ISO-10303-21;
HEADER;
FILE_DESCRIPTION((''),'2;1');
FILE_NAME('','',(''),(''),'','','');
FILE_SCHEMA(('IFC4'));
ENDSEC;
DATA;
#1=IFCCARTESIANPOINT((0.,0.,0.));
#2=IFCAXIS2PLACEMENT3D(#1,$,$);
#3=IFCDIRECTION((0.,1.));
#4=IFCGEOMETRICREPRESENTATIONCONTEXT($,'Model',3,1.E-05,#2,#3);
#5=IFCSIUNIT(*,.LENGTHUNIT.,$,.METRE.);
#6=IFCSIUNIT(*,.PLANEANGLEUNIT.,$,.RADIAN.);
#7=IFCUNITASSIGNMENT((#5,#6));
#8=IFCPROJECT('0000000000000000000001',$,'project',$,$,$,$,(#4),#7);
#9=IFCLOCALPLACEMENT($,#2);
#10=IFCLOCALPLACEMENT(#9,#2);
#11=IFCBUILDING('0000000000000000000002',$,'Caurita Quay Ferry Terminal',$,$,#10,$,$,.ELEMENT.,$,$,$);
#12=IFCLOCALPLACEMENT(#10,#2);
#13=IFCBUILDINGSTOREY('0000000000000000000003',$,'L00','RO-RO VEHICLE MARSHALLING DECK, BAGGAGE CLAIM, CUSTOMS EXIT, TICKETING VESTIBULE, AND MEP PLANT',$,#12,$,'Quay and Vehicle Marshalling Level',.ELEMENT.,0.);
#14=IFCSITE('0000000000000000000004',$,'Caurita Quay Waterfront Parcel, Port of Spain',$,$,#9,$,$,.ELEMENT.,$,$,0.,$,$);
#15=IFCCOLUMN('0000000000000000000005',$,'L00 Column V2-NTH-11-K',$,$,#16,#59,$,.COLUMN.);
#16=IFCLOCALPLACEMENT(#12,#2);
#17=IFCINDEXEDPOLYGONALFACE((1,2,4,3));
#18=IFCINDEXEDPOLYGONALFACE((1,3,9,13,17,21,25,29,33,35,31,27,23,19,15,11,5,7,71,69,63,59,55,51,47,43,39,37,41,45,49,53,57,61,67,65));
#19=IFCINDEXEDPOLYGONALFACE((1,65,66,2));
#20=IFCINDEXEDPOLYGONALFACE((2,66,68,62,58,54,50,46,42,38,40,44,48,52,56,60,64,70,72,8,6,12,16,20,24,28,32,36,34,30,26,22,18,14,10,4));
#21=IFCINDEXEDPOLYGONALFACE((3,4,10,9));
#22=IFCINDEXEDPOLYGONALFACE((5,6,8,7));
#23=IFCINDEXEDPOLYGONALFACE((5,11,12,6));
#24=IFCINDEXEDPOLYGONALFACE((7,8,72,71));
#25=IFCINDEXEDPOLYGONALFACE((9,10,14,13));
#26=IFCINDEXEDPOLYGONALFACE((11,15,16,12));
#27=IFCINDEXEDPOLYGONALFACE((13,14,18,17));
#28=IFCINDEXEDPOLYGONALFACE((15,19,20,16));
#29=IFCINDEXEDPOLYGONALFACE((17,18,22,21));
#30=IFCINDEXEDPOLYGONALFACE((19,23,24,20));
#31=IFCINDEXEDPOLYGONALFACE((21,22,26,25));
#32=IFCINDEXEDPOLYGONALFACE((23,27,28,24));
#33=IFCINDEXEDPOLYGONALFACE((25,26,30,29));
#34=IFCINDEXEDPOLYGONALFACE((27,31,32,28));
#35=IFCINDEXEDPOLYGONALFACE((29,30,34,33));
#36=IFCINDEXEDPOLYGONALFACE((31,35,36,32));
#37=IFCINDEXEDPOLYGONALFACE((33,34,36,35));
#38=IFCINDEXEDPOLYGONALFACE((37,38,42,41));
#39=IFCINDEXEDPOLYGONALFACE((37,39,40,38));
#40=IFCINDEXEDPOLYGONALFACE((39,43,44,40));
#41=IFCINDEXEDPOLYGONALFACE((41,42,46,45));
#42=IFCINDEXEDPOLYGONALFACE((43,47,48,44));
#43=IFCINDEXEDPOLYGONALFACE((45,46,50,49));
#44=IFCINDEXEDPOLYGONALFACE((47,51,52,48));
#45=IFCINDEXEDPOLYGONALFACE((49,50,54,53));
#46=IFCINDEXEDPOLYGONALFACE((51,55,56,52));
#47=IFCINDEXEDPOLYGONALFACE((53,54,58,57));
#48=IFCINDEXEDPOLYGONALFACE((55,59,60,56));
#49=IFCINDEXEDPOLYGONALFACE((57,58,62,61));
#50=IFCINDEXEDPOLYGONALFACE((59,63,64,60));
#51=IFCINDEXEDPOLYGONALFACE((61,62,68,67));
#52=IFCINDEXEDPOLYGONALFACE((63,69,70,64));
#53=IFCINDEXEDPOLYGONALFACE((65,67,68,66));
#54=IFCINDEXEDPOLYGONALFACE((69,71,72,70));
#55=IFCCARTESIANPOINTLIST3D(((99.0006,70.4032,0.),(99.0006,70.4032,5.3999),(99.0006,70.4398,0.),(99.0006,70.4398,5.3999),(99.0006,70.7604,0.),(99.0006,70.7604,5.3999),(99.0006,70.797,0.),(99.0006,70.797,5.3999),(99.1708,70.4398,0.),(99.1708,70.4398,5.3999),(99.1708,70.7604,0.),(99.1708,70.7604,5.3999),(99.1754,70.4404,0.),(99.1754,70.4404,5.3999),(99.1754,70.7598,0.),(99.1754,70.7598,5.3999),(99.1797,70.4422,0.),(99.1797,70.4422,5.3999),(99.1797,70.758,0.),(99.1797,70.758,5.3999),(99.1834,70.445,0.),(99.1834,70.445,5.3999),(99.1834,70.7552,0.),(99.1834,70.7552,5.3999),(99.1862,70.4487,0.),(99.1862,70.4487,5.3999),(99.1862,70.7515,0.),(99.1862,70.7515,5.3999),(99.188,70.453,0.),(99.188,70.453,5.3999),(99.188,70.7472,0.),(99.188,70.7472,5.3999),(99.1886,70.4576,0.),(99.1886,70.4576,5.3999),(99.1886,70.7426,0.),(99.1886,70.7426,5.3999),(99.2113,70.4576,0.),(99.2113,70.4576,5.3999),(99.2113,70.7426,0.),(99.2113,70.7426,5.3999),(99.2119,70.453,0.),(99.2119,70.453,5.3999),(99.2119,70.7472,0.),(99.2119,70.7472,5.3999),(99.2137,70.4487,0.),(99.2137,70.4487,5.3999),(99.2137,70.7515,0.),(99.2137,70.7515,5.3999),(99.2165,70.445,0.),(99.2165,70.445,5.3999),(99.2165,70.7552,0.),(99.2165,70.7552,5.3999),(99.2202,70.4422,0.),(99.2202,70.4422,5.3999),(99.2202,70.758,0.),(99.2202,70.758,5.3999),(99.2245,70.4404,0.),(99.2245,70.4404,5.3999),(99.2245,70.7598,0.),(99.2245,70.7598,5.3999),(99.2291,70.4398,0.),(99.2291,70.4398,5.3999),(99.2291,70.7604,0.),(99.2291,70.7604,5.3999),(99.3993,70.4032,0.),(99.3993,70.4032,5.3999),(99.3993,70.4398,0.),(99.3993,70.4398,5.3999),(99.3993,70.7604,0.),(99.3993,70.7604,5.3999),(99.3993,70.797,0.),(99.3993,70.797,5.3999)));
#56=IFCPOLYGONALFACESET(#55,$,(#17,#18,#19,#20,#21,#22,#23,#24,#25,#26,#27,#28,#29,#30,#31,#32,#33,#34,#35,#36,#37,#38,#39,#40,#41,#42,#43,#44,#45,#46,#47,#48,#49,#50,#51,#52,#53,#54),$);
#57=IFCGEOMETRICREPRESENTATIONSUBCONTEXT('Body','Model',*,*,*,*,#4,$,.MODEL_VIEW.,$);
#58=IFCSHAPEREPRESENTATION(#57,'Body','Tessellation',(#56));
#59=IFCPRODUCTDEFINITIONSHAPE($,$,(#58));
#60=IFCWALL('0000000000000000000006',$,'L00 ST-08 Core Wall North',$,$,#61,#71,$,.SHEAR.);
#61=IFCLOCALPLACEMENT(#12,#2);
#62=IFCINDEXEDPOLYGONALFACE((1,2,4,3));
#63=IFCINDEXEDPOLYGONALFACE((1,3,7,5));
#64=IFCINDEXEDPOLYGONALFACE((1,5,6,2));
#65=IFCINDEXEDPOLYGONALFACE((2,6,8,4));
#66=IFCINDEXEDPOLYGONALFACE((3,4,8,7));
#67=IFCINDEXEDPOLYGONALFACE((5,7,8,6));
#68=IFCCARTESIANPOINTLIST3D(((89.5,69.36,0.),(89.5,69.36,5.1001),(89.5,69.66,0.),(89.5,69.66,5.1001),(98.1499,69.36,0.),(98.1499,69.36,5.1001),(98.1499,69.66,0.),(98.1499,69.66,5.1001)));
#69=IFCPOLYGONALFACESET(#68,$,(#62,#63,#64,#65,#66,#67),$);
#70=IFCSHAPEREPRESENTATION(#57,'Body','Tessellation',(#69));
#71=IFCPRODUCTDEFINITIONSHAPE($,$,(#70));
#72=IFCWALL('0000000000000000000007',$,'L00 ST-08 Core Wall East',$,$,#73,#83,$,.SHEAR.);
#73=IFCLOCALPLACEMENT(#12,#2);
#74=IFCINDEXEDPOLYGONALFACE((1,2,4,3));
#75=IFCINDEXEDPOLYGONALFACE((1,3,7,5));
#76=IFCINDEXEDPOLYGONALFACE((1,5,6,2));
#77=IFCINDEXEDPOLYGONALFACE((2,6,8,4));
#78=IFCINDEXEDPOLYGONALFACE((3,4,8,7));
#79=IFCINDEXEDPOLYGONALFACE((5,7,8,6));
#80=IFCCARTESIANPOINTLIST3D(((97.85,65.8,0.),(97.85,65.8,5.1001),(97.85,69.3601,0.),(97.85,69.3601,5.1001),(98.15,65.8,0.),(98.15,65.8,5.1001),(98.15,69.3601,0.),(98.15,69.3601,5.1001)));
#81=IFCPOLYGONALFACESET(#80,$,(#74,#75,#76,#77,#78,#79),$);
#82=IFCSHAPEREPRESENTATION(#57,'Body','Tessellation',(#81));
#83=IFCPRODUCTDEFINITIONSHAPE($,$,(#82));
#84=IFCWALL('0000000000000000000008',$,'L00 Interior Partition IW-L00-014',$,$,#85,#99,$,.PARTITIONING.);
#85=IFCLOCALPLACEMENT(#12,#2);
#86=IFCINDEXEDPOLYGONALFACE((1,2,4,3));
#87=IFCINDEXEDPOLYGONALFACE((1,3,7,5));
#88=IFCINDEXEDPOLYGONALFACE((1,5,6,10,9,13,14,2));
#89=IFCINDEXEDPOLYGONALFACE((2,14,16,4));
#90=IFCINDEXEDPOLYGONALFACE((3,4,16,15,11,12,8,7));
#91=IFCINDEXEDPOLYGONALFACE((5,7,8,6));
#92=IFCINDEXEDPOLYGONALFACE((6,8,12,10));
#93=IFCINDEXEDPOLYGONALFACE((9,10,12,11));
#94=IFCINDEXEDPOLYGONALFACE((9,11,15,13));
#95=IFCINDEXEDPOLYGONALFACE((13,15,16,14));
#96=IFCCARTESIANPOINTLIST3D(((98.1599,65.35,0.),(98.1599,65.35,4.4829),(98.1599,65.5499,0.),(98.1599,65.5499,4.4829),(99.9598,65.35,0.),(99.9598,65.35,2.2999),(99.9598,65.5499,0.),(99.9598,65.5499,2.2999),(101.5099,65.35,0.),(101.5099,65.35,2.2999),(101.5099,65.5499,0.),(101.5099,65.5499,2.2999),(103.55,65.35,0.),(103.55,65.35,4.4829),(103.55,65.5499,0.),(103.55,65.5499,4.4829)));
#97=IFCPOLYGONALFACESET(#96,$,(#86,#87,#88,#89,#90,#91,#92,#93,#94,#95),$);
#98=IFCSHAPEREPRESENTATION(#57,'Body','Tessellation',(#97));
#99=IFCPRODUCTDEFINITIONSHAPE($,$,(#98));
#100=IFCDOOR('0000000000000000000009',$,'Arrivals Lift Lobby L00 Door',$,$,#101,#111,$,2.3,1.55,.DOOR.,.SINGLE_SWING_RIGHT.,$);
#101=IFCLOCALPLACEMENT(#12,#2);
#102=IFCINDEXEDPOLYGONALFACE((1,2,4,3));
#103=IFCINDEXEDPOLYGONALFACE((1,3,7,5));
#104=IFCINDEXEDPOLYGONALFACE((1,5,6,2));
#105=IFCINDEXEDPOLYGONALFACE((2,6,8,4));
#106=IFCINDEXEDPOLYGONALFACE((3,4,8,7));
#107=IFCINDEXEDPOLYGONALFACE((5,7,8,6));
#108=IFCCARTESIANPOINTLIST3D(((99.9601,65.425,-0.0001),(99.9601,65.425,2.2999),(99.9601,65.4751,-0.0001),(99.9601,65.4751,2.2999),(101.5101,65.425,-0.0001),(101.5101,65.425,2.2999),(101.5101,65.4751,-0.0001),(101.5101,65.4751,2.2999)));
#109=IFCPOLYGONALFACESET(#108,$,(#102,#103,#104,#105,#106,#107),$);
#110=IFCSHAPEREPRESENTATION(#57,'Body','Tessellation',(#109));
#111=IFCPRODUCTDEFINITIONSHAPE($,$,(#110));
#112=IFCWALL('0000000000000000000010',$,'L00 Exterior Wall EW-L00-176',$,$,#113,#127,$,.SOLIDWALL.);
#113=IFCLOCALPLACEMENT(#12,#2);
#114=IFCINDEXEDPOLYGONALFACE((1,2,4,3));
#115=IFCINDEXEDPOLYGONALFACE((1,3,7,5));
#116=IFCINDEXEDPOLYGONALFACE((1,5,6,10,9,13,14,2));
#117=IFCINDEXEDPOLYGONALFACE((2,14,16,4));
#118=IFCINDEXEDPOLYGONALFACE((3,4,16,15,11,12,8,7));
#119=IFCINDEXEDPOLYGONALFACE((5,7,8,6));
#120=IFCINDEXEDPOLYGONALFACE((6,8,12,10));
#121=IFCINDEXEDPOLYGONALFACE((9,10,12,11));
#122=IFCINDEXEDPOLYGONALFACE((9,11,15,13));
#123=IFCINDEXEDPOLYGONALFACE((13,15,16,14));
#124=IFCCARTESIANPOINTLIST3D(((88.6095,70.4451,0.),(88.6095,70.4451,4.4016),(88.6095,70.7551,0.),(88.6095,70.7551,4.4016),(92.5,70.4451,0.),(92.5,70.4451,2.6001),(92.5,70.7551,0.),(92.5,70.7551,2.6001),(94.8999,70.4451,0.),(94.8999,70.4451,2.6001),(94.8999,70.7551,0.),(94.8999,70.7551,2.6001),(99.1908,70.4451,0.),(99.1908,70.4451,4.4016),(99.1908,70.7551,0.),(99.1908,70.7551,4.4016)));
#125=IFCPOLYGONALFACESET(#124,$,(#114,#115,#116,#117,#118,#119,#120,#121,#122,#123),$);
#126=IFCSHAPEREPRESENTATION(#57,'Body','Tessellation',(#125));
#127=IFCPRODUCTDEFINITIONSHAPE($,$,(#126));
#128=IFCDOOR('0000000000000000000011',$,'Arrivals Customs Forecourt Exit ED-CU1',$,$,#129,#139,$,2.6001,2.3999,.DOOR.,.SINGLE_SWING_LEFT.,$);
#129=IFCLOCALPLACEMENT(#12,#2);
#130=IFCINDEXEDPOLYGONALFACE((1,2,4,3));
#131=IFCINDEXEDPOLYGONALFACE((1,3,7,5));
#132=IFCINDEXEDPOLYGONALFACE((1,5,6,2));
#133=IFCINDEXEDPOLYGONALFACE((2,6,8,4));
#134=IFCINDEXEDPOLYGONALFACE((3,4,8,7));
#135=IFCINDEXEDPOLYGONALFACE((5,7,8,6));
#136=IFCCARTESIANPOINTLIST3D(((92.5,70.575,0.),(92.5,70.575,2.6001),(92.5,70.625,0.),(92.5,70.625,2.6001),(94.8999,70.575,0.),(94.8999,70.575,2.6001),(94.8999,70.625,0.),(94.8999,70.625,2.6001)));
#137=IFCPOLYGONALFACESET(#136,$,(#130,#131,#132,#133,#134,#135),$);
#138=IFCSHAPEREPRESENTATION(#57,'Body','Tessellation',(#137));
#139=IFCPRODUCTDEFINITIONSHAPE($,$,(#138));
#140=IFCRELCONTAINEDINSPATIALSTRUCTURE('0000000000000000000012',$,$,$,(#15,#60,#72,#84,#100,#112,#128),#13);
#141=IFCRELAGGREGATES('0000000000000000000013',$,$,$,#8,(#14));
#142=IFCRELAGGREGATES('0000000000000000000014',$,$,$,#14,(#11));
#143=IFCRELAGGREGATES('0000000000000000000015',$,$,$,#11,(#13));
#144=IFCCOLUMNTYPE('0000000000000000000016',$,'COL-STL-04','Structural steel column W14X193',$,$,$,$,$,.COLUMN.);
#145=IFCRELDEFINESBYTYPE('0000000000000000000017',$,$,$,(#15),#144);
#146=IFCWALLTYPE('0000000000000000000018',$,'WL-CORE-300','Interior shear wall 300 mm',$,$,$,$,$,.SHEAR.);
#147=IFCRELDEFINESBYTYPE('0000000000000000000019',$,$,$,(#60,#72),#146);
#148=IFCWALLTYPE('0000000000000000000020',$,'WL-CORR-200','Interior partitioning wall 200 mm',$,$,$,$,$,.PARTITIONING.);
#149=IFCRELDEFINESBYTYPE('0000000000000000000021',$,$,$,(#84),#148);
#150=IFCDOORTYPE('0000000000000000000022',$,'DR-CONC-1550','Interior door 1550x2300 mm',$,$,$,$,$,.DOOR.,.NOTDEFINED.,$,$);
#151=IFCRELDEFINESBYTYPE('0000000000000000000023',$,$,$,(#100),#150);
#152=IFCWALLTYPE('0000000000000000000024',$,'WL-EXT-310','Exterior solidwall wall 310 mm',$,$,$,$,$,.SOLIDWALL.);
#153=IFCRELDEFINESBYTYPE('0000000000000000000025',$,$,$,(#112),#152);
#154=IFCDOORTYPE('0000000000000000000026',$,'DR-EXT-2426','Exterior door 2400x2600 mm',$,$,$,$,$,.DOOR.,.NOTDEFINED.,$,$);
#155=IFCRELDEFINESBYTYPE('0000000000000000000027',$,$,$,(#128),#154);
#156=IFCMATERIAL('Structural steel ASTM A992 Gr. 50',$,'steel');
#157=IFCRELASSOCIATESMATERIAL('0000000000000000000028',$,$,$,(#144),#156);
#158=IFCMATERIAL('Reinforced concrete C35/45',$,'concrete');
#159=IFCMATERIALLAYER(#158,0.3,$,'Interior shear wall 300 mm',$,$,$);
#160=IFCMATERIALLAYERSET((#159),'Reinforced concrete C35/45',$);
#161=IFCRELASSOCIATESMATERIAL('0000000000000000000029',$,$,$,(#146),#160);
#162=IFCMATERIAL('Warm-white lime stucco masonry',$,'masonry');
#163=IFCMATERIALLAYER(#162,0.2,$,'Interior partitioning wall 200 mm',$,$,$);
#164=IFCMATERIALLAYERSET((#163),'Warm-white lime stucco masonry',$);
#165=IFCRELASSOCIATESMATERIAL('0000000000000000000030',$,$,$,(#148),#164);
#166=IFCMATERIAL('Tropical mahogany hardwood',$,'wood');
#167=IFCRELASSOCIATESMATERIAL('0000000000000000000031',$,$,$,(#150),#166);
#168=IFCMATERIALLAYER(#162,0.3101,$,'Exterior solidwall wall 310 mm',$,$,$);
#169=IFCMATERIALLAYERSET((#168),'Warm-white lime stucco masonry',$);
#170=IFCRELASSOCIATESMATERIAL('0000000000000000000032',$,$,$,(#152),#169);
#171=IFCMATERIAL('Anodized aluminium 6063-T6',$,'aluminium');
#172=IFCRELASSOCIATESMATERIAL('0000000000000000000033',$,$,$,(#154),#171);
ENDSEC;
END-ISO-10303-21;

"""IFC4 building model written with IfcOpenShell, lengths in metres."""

from ifc_helpers import new_model, si_unit, direction, frame, frame_2d, origin, origin_2d, place, context, subcontext, project, spatial, rectangle, i_section, extrude, material, layer, layer_set, material_profile, profile_set, type_object, element, fill, save


model = new_model("IFC4")

# Units and contexts
model_context = context("Model", 3, precision=1e-05, world=origin(), true_north=direction((0.0, 1.0)))
body_context = subcontext(model_context, "Body", "Model", "MODEL_VIEW")
ifc_project = project(units=[si_unit("LENGTHUNIT", "METRE"), si_unit("PLANEANGLEUNIT", "RADIAN")], contexts=[model_context])

# Site, building, storey
site_placement = place(None, origin())
site = spatial("IfcSite", under=ifc_project, at=site_placement, Name="Caurita Quay Waterfront Parcel, Port of Spain", CompositionType="ELEMENT", RefElevation=0.0)
building_placement = place(site_placement, origin())
building = spatial("IfcBuilding", under=site, at=building_placement, Name="Caurita Quay Ferry Terminal", CompositionType="ELEMENT")
storey_placement = place(building_placement, origin())
storey = spatial("IfcBuildingStorey", under=building, at=storey_placement, Name="L00", Description="RO-RO VEHICLE MARSHALLING DECK, BAGGAGE CLAIM, CUSTOMS EXIT, TICKETING VESTIBULE, AND MEP PLANT", LongName="Quay and Vehicle Marshalling Level", CompositionType="ELEMENT", Elevation=0.0)

# Column
ifc_material_1 = material(Name="Structural steel ASTM A992 Gr. 50", Category="steel")
ifc_material_profile_1 = material_profile(ifc_material_1, i_section(OverallWidth=0.3987, OverallDepth=0.3938, WebThickness=0.0227, FlangeThickness=0.0366, FilletRadius=0.0178, at=origin_2d()), Name="W14X193")
ifc_profile_set_1 = profile_set([ifc_material_profile_1], Name="Structural steel ASTM A992 Gr. 50")
column_type_1 = type_object("IfcColumnType", Name="COL-STL-04", Description="Structural steel column W14X193", PredefinedType="COLUMN", material=ifc_profile_set_1)
column_1_placement = place(storey_placement, frame((99.2, 70.6001, 0.0), z_axis=(0.0, 0.0, 1.0), x_axis=(1.0, 0.0, 0.0)))
element("IfcColumn", 1, at=column_1_placement, inside=storey, type_object=column_type_1, Name="L00 Column V2-NTH-11-K", PredefinedType="COLUMN", context=body_context, shape_type="SweptSolid", body=[
    extrude(i_section(OverallWidth=0.3987, OverallDepth=0.3938, WebThickness=0.0227, FlangeThickness=0.0366, FilletRadius=0.0178, at=origin_2d()), origin(), (0.0, 0.0, 1.0), 5.3999),
])

# Walls
ifc_material_2 = material(Name="Reinforced concrete C35/45", Category="concrete")
ifc_layer_1 = layer(ifc_material_2, 0.3, Name="Interior shear wall 300 mm")
ifc_layer_set_1 = layer_set([ifc_layer_1], Name="Reinforced concrete C35/45")
wall_type_1 = type_object("IfcWallType", Name="WL-CORE-300", Description="Interior shear wall 300 mm", PredefinedType="SHEAR", material=ifc_layer_set_1)
wall_1_placement = place(storey_placement, frame((98.1499, 69.51, 0.0), z_axis=(0.0, 0.0, 1.0), x_axis=(-1.0, 0.0, 0.0)))
element("IfcWall", 2, at=wall_1_placement, inside=storey, type_object=wall_type_1, Name="L00 ST-08 Core Wall North", PredefinedType="SHEAR", context=body_context, shape_type="SweptSolid", body=[
    extrude(rectangle(XDim=8.6499, YDim=0.3, at=frame_2d((4.325, 0.0))), origin(), (0.0, 0.0, 1.0), 5.1001),
])
wall_2_placement = place(storey_placement, frame((98.0, 65.8, 0.0), z_axis=(0.0, 0.0, 1.0), x_axis=(0.0, 1.0, 0.0)))
element("IfcWall", 3, at=wall_2_placement, inside=storey, type_object=wall_type_1, Name="L00 ST-08 Core Wall East", PredefinedType="SHEAR", context=body_context, shape_type="SweptSolid", body=[
    extrude(rectangle(XDim=3.5601, YDim=0.3, at=frame_2d((1.78, 0.0))), origin(), (0.0, 0.0, 1.0), 5.1001),
])

# Walls, openings, doors
ifc_material_3 = material(Name="Warm-white lime stucco masonry", Category="masonry")
ifc_layer_2 = layer(ifc_material_3, 0.2, Name="Interior partitioning wall 200 mm")
ifc_layer_set_2 = layer_set([ifc_layer_2], Name="Warm-white lime stucco masonry")
wall_type_2 = type_object("IfcWallType", Name="WL-CORR-200", Description="Interior partitioning wall 200 mm", PredefinedType="PARTITIONING", material=ifc_layer_set_2)
wall_3_placement = place(storey_placement, frame((98.1599, 65.45, 0.0), z_axis=(0.0, 0.0, 1.0), x_axis=(1.0, 0.0, 0.0)))
wall_3 = element("IfcWall", 4, at=wall_3_placement, inside=storey, type_object=wall_type_2, Name="L00 Interior Partition IW-L00-014", PredefinedType="PARTITIONING", context=body_context, shape_type="SweptSolid", body=[
    extrude(rectangle(XDim=5.3901, YDim=0.2, at=frame_2d((2.6951, 0.0))), origin(), (0.0, 0.0, 1.0), 4.4829),
])
opening_1_placement = place(wall_3_placement, frame((1.8, 0.0, 0.0)))
opening_1 = element("IfcOpeningElement", 5, at=opening_1_placement, cuts=wall_3, PredefinedType="OPENING", context=body_context, shape_type="SweptSolid", body=[
    extrude(rectangle(XDim=1.55, YDim=2.3, at=frame_2d((0.7749, 1.1499))), frame((0.0, 0.1099, 0.0), z_axis=(0.0, -1.0, 0.0), x_axis=(1.0, 0.0, 0.0)), (0.0, 0.0, 1.0), 0.22),
])
ifc_material_4 = material(Name="Tropical mahogany hardwood", Category="wood")
door_type_1 = type_object("IfcDoorType", Name="DR-CONC-1550", Description="Interior door 1550x2300 mm", OperationType="NOTDEFINED", PredefinedType="DOOR", material=ifc_material_4)
door_1_placement = place(opening_1_placement, frame((1.55, 0.0, 0.0), z_axis=(0.0, 0.0, 1.0), x_axis=(-1.0, 0.0, 0.0)))
door_1 = element("IfcDoor", 6, at=door_1_placement, inside=storey, type_object=door_type_1, Name="Arrivals Lift Lobby L00 Door", OperationType="SINGLE_SWING_RIGHT", OverallHeight=2.3, OverallWidth=1.55, PredefinedType="DOOR", context=body_context, shape_type="SweptSolid", body=[
    extrude(rectangle(XDim=1.55, YDim=2.3, at=frame_2d((0.7749, 1.1499))), frame((0.0, 0.0249, 0.0), z_axis=(0.0, -1.0, 0.0), x_axis=(1.0, 0.0, 0.0)), (0.0, 0.0, 1.0), 0.05),
])
fill(opening_1, door_1)
ifc_layer_3 = layer(ifc_material_3, 0.3101, Name="Exterior solidwall wall 310 mm")
ifc_layer_set_3 = layer_set([ifc_layer_3], Name="Warm-white lime stucco masonry")
wall_type_3 = type_object("IfcWallType", Name="WL-EXT-310", Description="Exterior solidwall wall 310 mm", PredefinedType="SOLIDWALL", material=ifc_layer_set_3)
wall_4_placement = place(storey_placement, frame((99.1907, 70.6001, 0.0), z_axis=(0.0, 0.0, 1.0), x_axis=(-1.0, 0.0, 0.0)))
wall_4 = element("IfcWall", 7, at=wall_4_placement, inside=storey, type_object=wall_type_3, Name="L00 Exterior Wall EW-L00-176", PredefinedType="SOLIDWALL", context=body_context, shape_type="SweptSolid", body=[
    extrude(rectangle(XDim=10.5813, YDim=0.3101, at=frame_2d((5.2905, 0.0))), origin(), (0.0, 0.0, 1.0), 4.4016),
])
opening_2_placement = place(wall_4_placement, frame((4.2908, 0.0, 0.0)))
opening_2 = element("IfcOpeningElement", 8, at=opening_2_placement, cuts=wall_4, PredefinedType="OPENING", context=body_context, shape_type="SweptSolid", body=[
    extrude(rectangle(XDim=2.3999, YDim=2.6001, at=frame_2d((1.2, 1.3))), frame((0.0, 0.165, 0.0), z_axis=(0.0, -1.0, 0.0), x_axis=(1.0, 0.0, 0.0)), (0.0, 0.0, 1.0), 0.3301),
])
ifc_material_5 = material(Name="Anodized aluminium 6063-T6", Category="aluminium")
door_type_2 = type_object("IfcDoorType", Name="DR-EXT-2426", Description="Exterior door 2400x2600 mm", OperationType="NOTDEFINED", PredefinedType="DOOR", material=ifc_material_5)
door_2_placement = place(opening_2_placement, frame((2.3999, 0.0, 0.0), z_axis=(0.0, 0.0, 1.0), x_axis=(-1.0, 0.0, 0.0)))
door_2 = element("IfcDoor", 9, at=door_2_placement, inside=storey, type_object=door_type_2, Name="Arrivals Customs Forecourt Exit ED-CU1", OperationType="SINGLE_SWING_LEFT", OverallHeight=2.6001, OverallWidth=2.3999, PredefinedType="DOOR", context=body_context, shape_type="SweptSolid", body=[
    extrude(rectangle(XDim=2.3999, YDim=2.6001, at=frame_2d((1.2, 1.3))), frame((0.0, 0.0249, 0.0), z_axis=(0.0, -1.0, 0.0), x_axis=(1.0, 0.0, 0.0)), (0.0, 0.0, 1.0), 0.05),
])
fill(opening_2, door_2)

save(model, "model.ifc")
